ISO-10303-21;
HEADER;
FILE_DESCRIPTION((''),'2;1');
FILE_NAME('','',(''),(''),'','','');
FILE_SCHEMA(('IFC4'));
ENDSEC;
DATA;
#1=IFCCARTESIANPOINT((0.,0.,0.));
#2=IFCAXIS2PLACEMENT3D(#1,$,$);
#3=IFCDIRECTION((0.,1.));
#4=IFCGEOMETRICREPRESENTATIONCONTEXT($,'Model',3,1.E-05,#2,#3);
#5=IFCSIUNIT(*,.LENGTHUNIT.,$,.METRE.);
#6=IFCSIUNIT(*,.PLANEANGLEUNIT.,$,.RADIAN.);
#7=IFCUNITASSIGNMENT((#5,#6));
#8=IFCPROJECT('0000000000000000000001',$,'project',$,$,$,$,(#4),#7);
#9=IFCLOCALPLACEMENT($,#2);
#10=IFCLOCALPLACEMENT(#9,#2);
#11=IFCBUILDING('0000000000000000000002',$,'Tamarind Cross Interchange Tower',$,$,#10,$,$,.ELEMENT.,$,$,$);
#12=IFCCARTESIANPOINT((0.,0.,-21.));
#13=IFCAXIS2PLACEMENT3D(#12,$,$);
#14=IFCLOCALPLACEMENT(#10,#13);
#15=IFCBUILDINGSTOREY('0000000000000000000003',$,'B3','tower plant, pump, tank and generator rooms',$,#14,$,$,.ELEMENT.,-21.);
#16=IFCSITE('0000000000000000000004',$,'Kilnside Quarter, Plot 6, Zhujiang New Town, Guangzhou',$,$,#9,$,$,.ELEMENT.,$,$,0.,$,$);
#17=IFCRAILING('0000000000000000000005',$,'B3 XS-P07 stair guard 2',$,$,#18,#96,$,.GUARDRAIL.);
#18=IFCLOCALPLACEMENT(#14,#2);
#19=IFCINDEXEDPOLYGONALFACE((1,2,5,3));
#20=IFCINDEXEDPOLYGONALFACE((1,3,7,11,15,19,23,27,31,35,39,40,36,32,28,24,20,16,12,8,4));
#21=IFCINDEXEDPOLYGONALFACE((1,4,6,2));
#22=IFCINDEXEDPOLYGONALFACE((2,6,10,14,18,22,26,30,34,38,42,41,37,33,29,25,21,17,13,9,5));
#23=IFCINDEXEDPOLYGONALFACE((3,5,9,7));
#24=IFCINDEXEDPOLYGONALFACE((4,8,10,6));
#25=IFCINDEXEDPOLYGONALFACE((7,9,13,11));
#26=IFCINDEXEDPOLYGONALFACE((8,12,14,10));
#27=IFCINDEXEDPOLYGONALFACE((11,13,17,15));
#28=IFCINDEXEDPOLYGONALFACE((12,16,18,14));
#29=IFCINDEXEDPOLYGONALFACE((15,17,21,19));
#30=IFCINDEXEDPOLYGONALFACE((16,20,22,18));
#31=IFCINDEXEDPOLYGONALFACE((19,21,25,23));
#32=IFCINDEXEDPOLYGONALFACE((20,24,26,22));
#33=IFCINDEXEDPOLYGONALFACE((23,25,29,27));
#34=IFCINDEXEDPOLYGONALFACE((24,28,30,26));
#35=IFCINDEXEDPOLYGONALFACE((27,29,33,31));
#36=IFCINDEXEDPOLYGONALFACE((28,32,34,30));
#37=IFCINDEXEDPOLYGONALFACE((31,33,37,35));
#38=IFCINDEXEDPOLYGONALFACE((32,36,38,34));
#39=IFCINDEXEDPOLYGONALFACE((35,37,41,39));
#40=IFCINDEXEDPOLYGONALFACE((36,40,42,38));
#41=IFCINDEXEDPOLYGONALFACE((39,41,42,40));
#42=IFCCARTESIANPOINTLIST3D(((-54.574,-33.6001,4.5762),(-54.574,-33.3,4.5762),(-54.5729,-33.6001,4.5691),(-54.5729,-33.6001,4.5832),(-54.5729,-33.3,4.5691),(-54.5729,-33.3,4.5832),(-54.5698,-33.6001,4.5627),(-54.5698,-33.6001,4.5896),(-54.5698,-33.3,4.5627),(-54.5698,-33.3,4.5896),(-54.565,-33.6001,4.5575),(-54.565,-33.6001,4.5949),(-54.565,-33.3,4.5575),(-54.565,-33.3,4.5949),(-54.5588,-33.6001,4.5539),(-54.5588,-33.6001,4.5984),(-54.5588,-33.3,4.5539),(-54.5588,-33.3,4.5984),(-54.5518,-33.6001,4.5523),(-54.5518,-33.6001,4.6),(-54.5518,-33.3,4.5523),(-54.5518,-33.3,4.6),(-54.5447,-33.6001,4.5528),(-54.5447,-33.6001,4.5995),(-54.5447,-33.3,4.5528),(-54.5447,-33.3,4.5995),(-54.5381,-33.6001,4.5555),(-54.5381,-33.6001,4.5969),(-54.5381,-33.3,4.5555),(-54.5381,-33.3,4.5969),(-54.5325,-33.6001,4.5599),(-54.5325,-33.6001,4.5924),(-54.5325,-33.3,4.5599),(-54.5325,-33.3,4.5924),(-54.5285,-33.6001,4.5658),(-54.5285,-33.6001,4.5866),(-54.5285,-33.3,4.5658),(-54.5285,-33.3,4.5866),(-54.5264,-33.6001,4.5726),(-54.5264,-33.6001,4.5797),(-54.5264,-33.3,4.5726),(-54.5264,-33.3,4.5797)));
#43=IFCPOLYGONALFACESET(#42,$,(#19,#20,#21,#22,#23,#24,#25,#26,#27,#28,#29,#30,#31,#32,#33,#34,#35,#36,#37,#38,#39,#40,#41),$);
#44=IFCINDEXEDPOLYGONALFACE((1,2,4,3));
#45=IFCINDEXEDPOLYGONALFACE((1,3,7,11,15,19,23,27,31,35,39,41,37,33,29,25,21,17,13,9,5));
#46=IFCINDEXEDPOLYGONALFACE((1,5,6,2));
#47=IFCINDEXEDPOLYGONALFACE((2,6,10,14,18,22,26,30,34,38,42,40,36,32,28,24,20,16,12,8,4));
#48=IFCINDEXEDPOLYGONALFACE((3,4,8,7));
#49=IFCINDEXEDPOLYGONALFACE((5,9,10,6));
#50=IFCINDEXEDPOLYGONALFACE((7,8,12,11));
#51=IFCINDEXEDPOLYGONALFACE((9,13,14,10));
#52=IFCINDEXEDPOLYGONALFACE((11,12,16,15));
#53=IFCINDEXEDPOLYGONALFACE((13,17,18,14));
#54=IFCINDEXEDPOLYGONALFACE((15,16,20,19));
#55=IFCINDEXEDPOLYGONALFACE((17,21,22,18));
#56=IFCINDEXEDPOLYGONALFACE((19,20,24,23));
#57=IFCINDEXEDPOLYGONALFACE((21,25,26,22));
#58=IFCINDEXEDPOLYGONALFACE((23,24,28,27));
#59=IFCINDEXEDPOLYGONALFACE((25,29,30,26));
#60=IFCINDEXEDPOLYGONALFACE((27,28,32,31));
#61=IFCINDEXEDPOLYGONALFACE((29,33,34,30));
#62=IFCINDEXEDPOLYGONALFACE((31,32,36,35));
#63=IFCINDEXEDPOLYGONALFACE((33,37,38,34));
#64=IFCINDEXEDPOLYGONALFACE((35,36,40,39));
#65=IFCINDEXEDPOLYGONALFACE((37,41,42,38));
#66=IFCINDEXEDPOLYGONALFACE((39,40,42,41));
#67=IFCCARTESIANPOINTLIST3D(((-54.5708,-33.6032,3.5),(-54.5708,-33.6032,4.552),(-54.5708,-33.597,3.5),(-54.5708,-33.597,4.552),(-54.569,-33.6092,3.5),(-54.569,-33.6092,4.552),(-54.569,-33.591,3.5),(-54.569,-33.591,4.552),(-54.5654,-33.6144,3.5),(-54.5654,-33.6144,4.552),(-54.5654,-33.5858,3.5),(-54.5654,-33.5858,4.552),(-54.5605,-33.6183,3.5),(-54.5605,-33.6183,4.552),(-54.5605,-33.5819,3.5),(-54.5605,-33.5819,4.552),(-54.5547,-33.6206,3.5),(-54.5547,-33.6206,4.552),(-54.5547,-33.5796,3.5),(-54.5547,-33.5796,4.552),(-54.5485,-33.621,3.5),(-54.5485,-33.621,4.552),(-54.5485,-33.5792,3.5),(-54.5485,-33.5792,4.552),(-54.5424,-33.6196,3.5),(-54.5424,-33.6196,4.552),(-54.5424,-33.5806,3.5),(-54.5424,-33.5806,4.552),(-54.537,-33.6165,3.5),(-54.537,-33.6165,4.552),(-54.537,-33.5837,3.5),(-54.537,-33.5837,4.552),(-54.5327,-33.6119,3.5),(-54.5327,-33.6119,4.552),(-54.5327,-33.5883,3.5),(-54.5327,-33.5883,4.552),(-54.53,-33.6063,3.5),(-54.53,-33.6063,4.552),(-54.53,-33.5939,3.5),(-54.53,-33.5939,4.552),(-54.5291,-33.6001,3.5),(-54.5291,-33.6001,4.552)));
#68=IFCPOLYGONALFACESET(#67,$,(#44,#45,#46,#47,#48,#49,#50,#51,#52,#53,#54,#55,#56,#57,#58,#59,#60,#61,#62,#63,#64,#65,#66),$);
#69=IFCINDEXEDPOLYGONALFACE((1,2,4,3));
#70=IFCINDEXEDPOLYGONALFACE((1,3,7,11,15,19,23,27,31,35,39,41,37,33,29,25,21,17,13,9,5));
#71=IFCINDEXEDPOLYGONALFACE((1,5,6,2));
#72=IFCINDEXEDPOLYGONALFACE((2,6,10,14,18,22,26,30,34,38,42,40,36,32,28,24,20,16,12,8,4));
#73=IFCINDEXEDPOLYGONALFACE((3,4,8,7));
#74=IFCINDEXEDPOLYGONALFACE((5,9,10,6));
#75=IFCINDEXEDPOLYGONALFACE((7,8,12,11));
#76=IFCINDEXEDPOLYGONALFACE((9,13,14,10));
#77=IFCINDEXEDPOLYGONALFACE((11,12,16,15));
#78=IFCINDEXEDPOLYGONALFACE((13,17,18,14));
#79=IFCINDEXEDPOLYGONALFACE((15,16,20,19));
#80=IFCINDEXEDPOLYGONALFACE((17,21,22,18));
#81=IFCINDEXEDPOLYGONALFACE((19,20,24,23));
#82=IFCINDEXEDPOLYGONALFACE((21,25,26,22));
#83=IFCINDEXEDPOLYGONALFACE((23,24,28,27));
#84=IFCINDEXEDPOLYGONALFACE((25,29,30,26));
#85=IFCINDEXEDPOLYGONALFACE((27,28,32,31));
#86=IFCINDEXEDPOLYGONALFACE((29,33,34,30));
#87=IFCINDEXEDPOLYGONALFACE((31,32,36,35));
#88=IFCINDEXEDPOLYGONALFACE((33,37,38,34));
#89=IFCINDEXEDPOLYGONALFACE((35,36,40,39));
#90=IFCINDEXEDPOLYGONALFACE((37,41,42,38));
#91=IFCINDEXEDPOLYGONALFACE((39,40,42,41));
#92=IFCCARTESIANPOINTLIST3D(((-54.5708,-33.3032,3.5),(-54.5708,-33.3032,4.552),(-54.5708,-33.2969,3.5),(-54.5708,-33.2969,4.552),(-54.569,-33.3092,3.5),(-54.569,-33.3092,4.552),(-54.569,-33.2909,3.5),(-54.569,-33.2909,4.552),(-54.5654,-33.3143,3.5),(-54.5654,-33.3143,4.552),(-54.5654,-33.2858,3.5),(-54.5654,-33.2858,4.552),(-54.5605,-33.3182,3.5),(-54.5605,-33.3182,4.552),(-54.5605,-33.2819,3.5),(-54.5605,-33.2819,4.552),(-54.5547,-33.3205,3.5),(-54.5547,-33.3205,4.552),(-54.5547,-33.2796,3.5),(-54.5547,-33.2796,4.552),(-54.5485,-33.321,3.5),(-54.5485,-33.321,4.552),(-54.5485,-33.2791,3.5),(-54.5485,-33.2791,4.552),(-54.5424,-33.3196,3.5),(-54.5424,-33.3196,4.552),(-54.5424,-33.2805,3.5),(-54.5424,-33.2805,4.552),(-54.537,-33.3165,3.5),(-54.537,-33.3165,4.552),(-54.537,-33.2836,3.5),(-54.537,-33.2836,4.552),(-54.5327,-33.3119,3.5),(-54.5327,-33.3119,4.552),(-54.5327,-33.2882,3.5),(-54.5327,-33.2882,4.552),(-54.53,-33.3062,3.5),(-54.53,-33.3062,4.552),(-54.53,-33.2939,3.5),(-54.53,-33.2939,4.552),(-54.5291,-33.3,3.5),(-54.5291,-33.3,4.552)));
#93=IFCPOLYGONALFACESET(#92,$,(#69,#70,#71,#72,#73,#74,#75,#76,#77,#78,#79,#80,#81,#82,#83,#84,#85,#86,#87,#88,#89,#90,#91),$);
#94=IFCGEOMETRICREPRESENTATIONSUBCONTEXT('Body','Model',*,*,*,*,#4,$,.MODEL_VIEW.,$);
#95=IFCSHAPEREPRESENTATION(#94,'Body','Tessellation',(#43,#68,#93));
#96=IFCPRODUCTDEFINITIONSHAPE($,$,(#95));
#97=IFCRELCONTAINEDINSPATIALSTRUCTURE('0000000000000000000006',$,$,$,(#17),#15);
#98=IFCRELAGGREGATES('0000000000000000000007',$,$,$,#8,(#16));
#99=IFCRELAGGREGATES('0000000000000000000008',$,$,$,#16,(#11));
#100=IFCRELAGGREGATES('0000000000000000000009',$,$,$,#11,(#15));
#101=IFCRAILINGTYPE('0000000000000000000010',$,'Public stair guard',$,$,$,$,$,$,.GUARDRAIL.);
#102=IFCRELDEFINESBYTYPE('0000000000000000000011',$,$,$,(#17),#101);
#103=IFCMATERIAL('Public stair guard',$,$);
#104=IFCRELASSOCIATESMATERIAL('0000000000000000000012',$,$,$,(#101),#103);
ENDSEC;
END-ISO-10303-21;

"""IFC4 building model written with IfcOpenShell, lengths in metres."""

from ifc_helpers import new_model, si_unit, direction, frame, origin, origin_2d, place, context, subcontext, project, spatial, circle, extrude, material, type_object, element, save


model = new_model("IFC4")

# Units and contexts
model_context = context("Model", 3, precision=1e-05, world=origin(), true_north=direction((0.0, 1.0)))
body_context = subcontext(model_context, "Body", "Model", "MODEL_VIEW")
ifc_project = project(units=[si_unit("LENGTHUNIT", "METRE"), si_unit("PLANEANGLEUNIT", "RADIAN")], contexts=[model_context])

# Site, building, storey
site_placement = place(None, origin())
site = spatial("IfcSite", under=ifc_project, at=site_placement, Name="Kilnside Quarter, Plot 6, Zhujiang New Town, Guangzhou", CompositionType="ELEMENT", RefElevation=0.0)
building_placement = place(site_placement, origin())
building = spatial("IfcBuilding", under=site, at=building_placement, Name="Tamarind Cross Interchange Tower", CompositionType="ELEMENT")
storey_placement = place(building_placement, frame((0.0, 0.0, -21.0)))
storey = spatial("IfcBuildingStorey", under=building, at=storey_placement, Name="B3", Description="tower plant, pump, tank and generator rooms", CompositionType="ELEMENT", Elevation=-21.0)

# Railing
ifc_material_1 = material(Name="Public stair guard")
railing_type_1 = type_object("IfcRailingType", Name="Public stair guard", PredefinedType="GUARDRAIL", material=ifc_material_1)
railing_1_placement = place(storey_placement, frame((-54.55, -33.6001, 3.5)))
element("IfcRailing", 1, at=railing_1_placement, inside=storey, type_object=railing_type_1, Name="B3 XS-P07 stair guard 2", PredefinedType="GUARDRAIL", context=body_context, shape_type="SweptSolid", body=[
    extrude(circle(Radius=0.0239, at=origin_2d()), frame((0.0, 0.0, 1.0762), z_axis=(0.0, 1.0, 0.0), x_axis=(-1.0, 0.0, 0.0)), (0.0, 0.0, 1.0), 0.3),
    extrude(circle(Radius=0.021, at=origin_2d()), origin(), (0.0, 0.0, 1.0), 1.052),
    extrude(circle(Radius=0.021, at=origin_2d()), frame((0.0, 0.3, 0.0)), (0.0, 0.0, 1.0), 1.052),
])

save(model, "model.ifc")
